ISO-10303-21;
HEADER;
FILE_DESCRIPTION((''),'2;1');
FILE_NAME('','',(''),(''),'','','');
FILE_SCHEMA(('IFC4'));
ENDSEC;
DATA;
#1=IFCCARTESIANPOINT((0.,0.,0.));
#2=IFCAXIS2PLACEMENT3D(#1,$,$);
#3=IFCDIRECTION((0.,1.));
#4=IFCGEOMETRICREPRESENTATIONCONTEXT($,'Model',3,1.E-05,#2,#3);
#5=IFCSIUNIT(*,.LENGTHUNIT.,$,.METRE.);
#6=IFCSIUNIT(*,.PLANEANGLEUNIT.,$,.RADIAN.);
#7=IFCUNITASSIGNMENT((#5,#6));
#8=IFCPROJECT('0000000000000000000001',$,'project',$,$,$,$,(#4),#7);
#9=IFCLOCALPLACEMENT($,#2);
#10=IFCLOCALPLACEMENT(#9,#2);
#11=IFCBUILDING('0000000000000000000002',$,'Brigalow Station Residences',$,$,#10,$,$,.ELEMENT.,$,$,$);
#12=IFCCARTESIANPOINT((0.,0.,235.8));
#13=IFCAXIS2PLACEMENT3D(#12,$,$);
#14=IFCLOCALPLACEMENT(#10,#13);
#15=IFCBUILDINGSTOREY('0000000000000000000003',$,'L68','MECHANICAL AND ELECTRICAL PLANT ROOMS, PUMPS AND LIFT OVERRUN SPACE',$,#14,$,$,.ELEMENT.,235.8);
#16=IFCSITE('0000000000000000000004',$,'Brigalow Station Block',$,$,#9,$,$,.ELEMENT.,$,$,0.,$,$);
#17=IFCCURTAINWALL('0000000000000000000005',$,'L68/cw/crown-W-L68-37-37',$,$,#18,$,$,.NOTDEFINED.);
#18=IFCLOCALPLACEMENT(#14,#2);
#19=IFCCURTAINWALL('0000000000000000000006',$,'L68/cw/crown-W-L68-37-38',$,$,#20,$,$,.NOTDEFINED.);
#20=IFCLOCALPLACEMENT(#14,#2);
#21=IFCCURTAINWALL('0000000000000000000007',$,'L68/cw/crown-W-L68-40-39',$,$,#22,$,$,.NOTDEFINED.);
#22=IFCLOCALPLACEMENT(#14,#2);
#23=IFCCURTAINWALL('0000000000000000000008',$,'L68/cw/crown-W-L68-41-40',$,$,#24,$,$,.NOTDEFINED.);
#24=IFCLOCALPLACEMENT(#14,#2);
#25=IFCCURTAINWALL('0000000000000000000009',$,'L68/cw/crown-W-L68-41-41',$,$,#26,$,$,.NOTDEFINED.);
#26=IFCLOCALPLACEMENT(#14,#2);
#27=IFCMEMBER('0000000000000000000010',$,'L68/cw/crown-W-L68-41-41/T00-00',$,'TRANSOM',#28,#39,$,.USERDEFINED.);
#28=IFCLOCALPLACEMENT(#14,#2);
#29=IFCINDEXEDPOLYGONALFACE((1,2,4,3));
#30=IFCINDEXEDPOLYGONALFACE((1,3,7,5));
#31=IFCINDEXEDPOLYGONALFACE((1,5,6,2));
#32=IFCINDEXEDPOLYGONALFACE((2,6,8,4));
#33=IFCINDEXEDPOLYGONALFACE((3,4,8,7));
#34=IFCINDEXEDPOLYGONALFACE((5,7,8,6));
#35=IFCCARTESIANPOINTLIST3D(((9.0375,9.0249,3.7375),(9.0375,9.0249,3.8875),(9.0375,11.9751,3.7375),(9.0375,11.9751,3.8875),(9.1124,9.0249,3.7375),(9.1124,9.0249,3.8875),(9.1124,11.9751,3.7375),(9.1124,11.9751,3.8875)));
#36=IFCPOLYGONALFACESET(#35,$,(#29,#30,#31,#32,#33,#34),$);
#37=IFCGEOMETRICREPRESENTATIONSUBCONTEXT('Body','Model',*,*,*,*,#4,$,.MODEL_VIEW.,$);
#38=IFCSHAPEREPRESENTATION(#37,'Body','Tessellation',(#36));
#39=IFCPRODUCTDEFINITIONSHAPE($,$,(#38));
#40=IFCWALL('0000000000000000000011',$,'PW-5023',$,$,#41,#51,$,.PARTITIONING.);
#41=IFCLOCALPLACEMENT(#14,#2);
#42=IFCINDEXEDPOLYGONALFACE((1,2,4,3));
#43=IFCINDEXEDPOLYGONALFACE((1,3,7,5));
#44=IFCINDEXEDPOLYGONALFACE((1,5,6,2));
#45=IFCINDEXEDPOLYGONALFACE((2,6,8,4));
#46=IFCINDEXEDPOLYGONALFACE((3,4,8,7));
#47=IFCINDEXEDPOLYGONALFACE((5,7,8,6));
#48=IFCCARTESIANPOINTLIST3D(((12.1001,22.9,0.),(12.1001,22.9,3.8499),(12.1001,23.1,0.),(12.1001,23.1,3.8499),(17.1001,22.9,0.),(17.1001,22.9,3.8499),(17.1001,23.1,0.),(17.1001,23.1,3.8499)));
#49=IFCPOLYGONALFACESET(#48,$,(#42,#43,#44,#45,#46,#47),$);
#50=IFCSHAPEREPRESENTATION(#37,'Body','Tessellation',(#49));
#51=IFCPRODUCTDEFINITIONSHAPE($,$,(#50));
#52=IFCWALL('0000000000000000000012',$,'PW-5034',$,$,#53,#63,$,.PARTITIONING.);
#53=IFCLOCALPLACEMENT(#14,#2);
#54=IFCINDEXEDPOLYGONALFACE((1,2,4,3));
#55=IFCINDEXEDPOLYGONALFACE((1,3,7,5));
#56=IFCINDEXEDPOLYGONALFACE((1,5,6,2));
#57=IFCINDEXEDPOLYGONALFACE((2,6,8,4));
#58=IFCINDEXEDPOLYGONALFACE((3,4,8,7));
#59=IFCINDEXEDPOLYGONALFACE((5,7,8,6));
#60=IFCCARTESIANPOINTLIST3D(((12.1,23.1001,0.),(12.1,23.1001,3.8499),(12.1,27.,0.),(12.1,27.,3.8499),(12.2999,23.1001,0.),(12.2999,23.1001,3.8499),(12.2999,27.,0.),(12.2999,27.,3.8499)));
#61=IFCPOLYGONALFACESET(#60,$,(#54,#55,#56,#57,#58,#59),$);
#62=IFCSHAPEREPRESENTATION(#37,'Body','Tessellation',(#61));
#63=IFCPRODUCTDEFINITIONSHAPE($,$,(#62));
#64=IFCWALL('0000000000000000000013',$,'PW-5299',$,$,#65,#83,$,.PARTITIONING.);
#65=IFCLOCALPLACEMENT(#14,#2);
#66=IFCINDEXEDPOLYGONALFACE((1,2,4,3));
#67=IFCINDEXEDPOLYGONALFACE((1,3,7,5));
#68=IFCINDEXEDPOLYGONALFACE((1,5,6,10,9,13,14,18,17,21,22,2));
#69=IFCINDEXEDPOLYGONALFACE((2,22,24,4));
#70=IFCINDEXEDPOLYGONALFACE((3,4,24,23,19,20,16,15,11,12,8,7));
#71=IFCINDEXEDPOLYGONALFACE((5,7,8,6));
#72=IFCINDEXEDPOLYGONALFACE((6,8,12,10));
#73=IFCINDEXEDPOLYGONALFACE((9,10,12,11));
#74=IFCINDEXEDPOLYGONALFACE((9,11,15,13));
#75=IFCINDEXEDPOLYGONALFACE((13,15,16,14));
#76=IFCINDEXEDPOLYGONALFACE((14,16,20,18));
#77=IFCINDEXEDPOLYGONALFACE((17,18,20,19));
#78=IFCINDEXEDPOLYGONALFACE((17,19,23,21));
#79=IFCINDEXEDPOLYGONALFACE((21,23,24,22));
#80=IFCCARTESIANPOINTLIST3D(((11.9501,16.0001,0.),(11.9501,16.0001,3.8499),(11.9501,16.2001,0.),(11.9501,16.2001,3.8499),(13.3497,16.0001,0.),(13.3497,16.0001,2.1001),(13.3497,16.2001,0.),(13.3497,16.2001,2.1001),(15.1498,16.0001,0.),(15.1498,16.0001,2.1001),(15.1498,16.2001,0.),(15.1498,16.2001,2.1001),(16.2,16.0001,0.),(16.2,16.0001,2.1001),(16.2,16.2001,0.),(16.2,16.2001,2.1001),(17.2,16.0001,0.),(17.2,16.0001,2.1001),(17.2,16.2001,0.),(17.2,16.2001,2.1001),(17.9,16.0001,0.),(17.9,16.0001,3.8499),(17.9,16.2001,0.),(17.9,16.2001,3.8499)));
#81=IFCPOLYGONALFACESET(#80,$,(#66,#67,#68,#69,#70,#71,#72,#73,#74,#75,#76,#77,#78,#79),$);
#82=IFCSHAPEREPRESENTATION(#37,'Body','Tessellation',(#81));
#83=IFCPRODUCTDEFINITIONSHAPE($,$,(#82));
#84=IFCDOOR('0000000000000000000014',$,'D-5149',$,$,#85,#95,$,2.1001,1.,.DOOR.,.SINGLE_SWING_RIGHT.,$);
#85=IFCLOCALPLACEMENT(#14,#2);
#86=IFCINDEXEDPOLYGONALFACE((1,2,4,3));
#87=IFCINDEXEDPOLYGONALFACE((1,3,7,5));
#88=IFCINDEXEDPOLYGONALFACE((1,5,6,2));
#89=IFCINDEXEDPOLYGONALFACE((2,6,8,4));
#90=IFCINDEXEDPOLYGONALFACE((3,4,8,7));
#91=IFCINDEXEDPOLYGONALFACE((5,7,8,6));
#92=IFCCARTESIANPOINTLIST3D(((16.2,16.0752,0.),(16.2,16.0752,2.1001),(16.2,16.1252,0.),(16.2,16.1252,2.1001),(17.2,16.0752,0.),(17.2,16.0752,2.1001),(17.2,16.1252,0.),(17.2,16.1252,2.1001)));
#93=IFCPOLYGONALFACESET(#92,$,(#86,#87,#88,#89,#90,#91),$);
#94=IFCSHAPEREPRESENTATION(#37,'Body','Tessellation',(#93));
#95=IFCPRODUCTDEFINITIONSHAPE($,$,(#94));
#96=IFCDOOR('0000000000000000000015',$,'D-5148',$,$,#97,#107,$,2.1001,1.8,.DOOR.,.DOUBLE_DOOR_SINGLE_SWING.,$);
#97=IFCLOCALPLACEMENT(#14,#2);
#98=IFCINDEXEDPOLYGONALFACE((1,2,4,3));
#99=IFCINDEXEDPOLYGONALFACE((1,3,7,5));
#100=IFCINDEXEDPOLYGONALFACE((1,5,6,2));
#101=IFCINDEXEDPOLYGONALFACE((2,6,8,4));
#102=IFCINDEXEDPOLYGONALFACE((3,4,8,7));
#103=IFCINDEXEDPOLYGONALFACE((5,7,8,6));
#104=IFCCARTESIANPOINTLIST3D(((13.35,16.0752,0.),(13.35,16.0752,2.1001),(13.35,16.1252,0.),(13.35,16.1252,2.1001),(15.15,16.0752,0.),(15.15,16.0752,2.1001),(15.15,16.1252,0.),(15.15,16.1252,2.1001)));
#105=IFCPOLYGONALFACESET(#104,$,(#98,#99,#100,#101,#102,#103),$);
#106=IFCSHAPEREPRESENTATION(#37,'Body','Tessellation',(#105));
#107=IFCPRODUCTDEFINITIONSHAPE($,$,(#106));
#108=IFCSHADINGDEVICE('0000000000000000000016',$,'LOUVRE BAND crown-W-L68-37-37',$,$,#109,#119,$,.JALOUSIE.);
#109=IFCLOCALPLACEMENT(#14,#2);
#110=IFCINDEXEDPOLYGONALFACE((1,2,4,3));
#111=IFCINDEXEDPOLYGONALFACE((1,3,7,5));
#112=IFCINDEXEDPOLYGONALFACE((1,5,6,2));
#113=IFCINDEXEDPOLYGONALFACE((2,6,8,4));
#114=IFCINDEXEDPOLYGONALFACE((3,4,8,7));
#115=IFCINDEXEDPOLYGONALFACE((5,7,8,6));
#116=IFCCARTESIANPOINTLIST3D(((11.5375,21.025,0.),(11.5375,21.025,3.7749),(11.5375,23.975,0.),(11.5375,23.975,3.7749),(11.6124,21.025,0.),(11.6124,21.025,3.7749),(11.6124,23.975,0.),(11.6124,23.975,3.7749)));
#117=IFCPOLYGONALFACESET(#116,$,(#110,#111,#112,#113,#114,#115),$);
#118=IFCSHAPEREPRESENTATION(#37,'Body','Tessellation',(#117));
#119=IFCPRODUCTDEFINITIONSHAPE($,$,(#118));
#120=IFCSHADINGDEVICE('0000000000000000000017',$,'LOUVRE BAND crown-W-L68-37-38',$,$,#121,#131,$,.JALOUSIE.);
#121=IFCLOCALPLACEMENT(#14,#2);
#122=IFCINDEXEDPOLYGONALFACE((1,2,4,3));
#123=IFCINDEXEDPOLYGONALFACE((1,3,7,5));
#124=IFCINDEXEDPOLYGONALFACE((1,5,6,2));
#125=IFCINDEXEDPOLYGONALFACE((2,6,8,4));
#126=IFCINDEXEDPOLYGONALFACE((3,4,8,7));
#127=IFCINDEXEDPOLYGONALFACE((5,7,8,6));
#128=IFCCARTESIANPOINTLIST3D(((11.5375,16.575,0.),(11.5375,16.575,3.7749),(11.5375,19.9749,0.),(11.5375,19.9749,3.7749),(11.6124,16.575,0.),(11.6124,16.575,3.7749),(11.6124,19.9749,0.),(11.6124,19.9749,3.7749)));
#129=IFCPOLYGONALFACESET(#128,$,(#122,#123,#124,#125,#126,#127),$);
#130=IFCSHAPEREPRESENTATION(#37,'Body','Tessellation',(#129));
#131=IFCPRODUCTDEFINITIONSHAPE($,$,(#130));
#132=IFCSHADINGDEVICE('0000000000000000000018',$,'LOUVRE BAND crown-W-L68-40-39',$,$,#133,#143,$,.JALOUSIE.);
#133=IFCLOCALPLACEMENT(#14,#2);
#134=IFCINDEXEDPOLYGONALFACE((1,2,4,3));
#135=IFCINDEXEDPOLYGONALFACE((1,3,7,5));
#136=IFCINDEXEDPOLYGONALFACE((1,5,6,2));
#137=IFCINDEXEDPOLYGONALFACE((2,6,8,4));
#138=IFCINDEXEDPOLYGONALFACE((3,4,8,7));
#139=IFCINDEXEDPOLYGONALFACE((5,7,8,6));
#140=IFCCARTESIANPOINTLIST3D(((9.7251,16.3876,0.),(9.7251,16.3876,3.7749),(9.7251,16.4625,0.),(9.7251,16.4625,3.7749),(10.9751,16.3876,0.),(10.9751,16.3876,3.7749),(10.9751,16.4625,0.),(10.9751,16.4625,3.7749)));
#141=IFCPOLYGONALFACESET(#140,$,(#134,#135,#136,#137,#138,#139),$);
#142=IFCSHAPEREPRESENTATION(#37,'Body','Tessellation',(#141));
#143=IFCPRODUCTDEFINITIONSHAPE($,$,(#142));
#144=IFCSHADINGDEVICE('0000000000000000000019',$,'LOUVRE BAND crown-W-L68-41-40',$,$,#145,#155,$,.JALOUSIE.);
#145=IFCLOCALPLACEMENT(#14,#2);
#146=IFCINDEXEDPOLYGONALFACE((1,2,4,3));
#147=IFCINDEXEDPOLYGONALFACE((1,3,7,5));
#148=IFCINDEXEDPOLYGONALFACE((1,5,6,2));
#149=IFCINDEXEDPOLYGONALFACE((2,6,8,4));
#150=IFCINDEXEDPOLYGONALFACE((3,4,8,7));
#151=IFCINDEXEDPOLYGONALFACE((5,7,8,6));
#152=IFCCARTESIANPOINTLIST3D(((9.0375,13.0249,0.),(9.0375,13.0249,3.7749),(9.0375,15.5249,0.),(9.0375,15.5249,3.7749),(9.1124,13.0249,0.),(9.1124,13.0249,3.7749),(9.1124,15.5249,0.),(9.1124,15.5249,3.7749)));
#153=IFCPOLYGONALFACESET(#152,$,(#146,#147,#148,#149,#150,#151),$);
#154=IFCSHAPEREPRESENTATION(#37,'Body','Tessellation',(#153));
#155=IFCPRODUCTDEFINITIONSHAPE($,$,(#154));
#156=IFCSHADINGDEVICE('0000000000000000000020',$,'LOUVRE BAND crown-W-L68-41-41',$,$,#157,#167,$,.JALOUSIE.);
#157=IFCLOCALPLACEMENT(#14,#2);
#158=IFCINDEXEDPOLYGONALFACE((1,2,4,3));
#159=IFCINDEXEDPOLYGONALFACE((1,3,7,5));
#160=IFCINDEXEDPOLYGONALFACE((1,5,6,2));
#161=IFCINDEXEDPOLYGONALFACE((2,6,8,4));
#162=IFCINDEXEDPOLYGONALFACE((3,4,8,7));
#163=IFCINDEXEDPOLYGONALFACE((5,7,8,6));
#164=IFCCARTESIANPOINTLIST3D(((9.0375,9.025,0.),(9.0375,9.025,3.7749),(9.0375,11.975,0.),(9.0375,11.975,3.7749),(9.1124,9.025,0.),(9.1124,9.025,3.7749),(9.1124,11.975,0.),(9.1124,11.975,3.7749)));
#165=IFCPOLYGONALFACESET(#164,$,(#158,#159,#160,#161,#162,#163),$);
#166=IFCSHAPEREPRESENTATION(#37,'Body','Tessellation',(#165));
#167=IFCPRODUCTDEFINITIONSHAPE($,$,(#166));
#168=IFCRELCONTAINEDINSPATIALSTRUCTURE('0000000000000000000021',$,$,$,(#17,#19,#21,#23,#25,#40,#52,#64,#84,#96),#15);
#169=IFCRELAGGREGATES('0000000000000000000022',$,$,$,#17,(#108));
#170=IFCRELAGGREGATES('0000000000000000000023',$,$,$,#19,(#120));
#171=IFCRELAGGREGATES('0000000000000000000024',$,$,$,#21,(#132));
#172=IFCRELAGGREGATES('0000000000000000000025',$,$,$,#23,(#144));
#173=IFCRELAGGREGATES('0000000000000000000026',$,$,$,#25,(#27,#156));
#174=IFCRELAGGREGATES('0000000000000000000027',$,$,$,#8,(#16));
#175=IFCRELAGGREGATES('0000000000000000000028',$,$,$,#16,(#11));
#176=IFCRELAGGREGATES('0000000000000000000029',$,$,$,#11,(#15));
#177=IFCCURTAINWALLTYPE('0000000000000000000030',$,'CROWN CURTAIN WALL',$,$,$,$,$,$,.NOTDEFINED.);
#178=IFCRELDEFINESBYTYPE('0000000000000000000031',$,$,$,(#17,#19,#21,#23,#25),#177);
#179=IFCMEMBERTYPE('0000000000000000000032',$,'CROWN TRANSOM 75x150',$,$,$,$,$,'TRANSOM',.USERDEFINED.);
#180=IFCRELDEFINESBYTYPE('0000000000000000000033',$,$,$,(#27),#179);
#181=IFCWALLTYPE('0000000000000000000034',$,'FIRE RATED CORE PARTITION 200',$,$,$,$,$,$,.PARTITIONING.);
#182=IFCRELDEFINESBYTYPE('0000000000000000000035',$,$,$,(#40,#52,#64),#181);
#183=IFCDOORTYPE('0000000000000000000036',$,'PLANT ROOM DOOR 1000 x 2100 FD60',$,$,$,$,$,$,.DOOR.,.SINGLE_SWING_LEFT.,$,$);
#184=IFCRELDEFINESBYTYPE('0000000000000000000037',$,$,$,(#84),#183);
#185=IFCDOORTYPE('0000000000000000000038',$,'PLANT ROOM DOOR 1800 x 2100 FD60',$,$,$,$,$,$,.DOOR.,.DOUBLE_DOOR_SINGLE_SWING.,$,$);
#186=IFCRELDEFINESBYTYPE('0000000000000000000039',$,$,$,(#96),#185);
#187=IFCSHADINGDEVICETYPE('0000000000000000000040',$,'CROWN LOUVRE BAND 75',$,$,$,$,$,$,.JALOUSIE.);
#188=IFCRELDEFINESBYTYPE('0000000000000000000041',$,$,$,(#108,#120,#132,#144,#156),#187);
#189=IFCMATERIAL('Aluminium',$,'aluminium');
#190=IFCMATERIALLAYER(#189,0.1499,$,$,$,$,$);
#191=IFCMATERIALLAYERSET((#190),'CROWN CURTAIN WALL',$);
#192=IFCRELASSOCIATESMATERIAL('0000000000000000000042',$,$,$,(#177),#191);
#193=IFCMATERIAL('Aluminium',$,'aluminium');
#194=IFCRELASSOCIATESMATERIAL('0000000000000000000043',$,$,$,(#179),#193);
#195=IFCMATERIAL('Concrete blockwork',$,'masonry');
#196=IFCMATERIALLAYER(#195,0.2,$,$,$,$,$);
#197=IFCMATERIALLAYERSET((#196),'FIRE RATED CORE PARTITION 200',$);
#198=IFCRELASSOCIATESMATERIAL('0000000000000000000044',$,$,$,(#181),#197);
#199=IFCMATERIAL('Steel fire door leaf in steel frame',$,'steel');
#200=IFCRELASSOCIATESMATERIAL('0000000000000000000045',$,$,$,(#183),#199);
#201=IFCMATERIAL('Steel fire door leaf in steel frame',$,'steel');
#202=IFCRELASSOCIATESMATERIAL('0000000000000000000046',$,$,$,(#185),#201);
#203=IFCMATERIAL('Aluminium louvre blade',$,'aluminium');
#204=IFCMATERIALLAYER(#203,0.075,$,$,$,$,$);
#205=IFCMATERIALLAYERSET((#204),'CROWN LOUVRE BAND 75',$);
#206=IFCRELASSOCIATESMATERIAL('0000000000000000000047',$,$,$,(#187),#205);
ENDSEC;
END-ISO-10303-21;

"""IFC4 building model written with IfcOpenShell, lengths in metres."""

from ifc_helpers import new_model, si_unit, direction, frame, frame_2d, origin, origin_2d, place, context, subcontext, project, spatial, rectangle, extrude, material, layer, layer_set, material_profile, profile_set, type_object, element, fill, aggregate, save


model = new_model("IFC4")

# Units and contexts
model_context = context("Model", 3, precision=1e-05, world=origin(), true_north=direction((0.0, 1.0)))
body_context = subcontext(model_context, "Body", "Model", "MODEL_VIEW")
ifc_project = project(units=[si_unit("LENGTHUNIT", "METRE"), si_unit("PLANEANGLEUNIT", "RADIAN")], contexts=[model_context])

# Site, building, storey
site_placement = place(None, origin())
site = spatial("IfcSite", under=ifc_project, at=site_placement, Name="Brigalow Station Block", CompositionType="ELEMENT", RefElevation=0.0)
building_placement = place(site_placement, origin())
building = spatial("IfcBuilding", under=site, at=building_placement, Name="Brigalow Station Residences", CompositionType="ELEMENT")
storey_placement = place(building_placement, frame((0.0, 0.0, 235.8)))
storey = spatial("IfcBuildingStorey", under=building, at=storey_placement, Name="L68", Description="MECHANICAL AND ELECTRICAL PLANT ROOMS, PUMPS AND LIFT OVERRUN SPACE", CompositionType="ELEMENT", Elevation=235.8)

# Curtain wall
ifc_material_1 = material(Name="Aluminium", Category="aluminium")
ifc_layer_1 = layer(ifc_material_1, 0.1499)
ifc_layer_set_1 = layer_set([ifc_layer_1], Name="CROWN CURTAIN WALL")
curtain_wall_type = type_object("IfcCurtainWallType", Name="CROWN CURTAIN WALL", PredefinedType="NOTDEFINED", material=ifc_layer_set_1)
curtain_wall_1_placement = place(storey_placement, origin())
curtain_wall_1 = element("IfcCurtainWall", 1, at=curtain_wall_1_placement, inside=storey, type_object=curtain_wall_type, Name="L68/cw/crown-W-L68-37-37", PredefinedType="NOTDEFINED")

# Curtain walls
curtain_wall_2_placement = place(storey_placement, origin())
curtain_wall_2 = element("IfcCurtainWall", 2, at=curtain_wall_2_placement, inside=storey, type_object=curtain_wall_type, Name="L68/cw/crown-W-L68-37-38", PredefinedType="NOTDEFINED")
curtain_wall_3_placement = place(storey_placement, origin())
curtain_wall_3 = element("IfcCurtainWall", 3, at=curtain_wall_3_placement, inside=storey, type_object=curtain_wall_type, Name="L68/cw/crown-W-L68-40-39", PredefinedType="NOTDEFINED")
curtain_wall_4_placement = place(storey_placement, origin())
curtain_wall_4 = element("IfcCurtainWall", 4, at=curtain_wall_4_placement, inside=storey, type_object=curtain_wall_type, Name="L68/cw/crown-W-L68-41-40", PredefinedType="NOTDEFINED")

# Curtain wall
curtain_wall_5_placement = place(storey_placement, origin())
curtain_wall_5 = element("IfcCurtainWall", 5, at=curtain_wall_5_placement, inside=storey, type_object=curtain_wall_type, Name="L68/cw/crown-W-L68-41-41", PredefinedType="NOTDEFINED")

# Member
ifc_material_2 = material(Name="Aluminium", Category="aluminium")
ifc_material_profile_1 = material_profile(ifc_material_2, rectangle(XDim=0.075, YDim=0.1499, at=origin_2d()), Name="CROWN TRANSOM 75x150")
ifc_profile_set_1 = profile_set([ifc_material_profile_1], Name="Aluminium")
member_type_1 = type_object("IfcMemberType", Name="CROWN TRANSOM 75x150", ElementType="TRANSOM", PredefinedType="USERDEFINED", material=ifc_profile_set_1)
member_1_placement = place(storey_placement, frame((9.075, 11.9751, 3.8125), z_axis=(0.0, -1.0, 0.0), x_axis=(1.0, 0.0, 0.0)))
member_1 = element("IfcMember", 6, at=member_1_placement, type_object=member_type_1, Name="L68/cw/crown-W-L68-41-41/T00-00", ObjectType="TRANSOM", PredefinedType="USERDEFINED", context=body_context, shape_type="SweptSolid", body=[
    extrude(rectangle(XDim=0.075, YDim=0.1499, at=origin_2d()), origin(), (0.0, 0.0, 1.0), 2.9502),
])

# Walls
ifc_material_3 = material(Name="Concrete blockwork", Category="masonry")
ifc_layer_2 = layer(ifc_material_3, 0.2)
ifc_layer_set_2 = layer_set([ifc_layer_2], Name="FIRE RATED CORE PARTITION 200")
wall_type = type_object("IfcWallType", Name="FIRE RATED CORE PARTITION 200", PredefinedType="PARTITIONING", material=ifc_layer_set_2)
wall_1_placement = place(storey_placement, frame((12.1001, 23.0, 0.0), z_axis=(0.0, 0.0, 1.0), x_axis=(1.0, 0.0, 0.0)))
element("IfcWall", 7, at=wall_1_placement, inside=storey, type_object=wall_type, Name="PW-5023", PredefinedType="PARTITIONING", context=body_context, shape_type="SweptSolid", body=[
    extrude(rectangle(XDim=5.0, YDim=0.2, at=frame_2d((2.5, 0.0))), origin(), (0.0, 0.0, 1.0), 3.8499),
])
wall_2_placement = place(storey_placement, frame((12.2, 23.1001, 0.0), z_axis=(0.0, 0.0, 1.0), x_axis=(0.0, 1.0, 0.0)))
element("IfcWall", 8, at=wall_2_placement, inside=storey, type_object=wall_type, Name="PW-5034", PredefinedType="PARTITIONING", context=body_context, shape_type="SweptSolid", body=[
    extrude(rectangle(XDim=3.8999, YDim=0.2, at=frame_2d((1.95, 0.0))), origin(), (0.0, 0.0, 1.0), 3.8499),
])

# Wall, openings, doors
wall_3_placement = place(storey_placement, frame((11.95, 16.1001, 0.0), z_axis=(0.0, 0.0, 1.0), x_axis=(1.0, 0.0, 0.0)))
wall_3 = element("IfcWall", 9, at=wall_3_placement, inside=storey, type_object=wall_type, Name="PW-5299", PredefinedType="PARTITIONING", context=body_context, shape_type="SweptSolid", body=[
    extrude(rectangle(XDim=5.95, YDim=0.2, at=frame_2d((2.9751, 0.0))), origin(), (0.0, 0.0, 1.0), 3.8499),
])
opening_1_placement = place(wall_3_placement, frame((1.3999, 0.0, 0.0)))
opening_1 = element("IfcOpeningElement", 10, at=opening_1_placement, cuts=wall_3, PredefinedType="OPENING", context=body_context, shape_type="SweptSolid", body=[
    extrude(rectangle(XDim=1.8, YDim=2.1001, at=frame_2d((0.8999, 1.05))), frame((0.0, 0.1099, 0.0), z_axis=(0.0, -1.0, 0.0), x_axis=(1.0, 0.0, 0.0)), (0.0, 0.0, 1.0), 0.22),
])
opening_2_placement = place(wall_3_placement, frame((4.25, 0.0, 0.0)))
opening_2 = element("IfcOpeningElement", 11, at=opening_2_placement, cuts=wall_3, PredefinedType="OPENING", context=body_context, shape_type="SweptSolid", body=[
    extrude(rectangle(XDim=1.0, YDim=2.1001, at=frame_2d((0.5, 1.05))), frame((0.0, 0.1099, 0.0), z_axis=(0.0, -1.0, 0.0), x_axis=(1.0, 0.0, 0.0)), (0.0, 0.0, 1.0), 0.22),
])
ifc_material_4 = material(Name="Steel fire door leaf in steel frame", Category="steel")
door_type_1 = type_object("IfcDoorType", Name="PLANT ROOM DOOR 1000 x 2100 FD60", OperationType="SINGLE_SWING_LEFT", PredefinedType="DOOR", material=ifc_material_4)
door_1_placement = place(opening_2_placement, frame((1.0, 0.0, 0.0), z_axis=(0.0, 0.0, 1.0), x_axis=(-1.0, 0.0, 0.0)))
door_1 = element("IfcDoor", 12, at=door_1_placement, inside=storey, type_object=door_type_1, Name="D-5149", OperationType="SINGLE_SWING_RIGHT", OverallHeight=2.1001, OverallWidth=1.0, PredefinedType="DOOR", context=body_context, shape_type="SweptSolid", body=[
    extrude(rectangle(XDim=1.0, YDim=2.1001, at=frame_2d((0.5, 1.05))), frame((0.0, 0.0249, 0.0), z_axis=(0.0, -1.0, 0.0), x_axis=(1.0, 0.0, 0.0)), (0.0, 0.0, 1.0), 0.05),
])
fill(opening_2, door_1)
ifc_material_5 = material(Name="Steel fire door leaf in steel frame", Category="steel")
door_type_2 = type_object("IfcDoorType", Name="PLANT ROOM DOOR 1800 x 2100 FD60", OperationType="DOUBLE_DOOR_SINGLE_SWING", PredefinedType="DOOR", material=ifc_material_5)
door_2_placement = place(opening_1_placement, frame((1.8, 0.0, 0.0), z_axis=(0.0, 0.0, 1.0), x_axis=(-1.0, 0.0, 0.0)))
door_2 = element("IfcDoor", 13, at=door_2_placement, inside=storey, type_object=door_type_2, Name="D-5148", OperationType="DOUBLE_DOOR_SINGLE_SWING", OverallHeight=2.1001, OverallWidth=1.8, PredefinedType="DOOR", context=body_context, shape_type="SweptSolid", body=[
    extrude(rectangle(XDim=1.8, YDim=2.1001, at=frame_2d((0.8999, 1.05))), frame((0.0, 0.0249, 0.0), z_axis=(0.0, -1.0, 0.0), x_axis=(1.0, 0.0, 0.0)), (0.0, 0.0, 1.0), 0.05),
])
fill(opening_1, door_2)

# Shading devices
ifc_material_6 = material(Name="Aluminium louvre blade", Category="aluminium")
ifc_layer_3 = layer(ifc_material_6, 0.075)
ifc_layer_set_3 = layer_set([ifc_layer_3], Name="CROWN LOUVRE BAND 75")
shading_device_type = type_object("IfcShadingDeviceType", Name="CROWN LOUVRE BAND 75", PredefinedType="JALOUSIE", material=ifc_layer_set_3)
shading_device_1_placement = place(storey_placement, frame((11.575, 22.5, 0.0), z_axis=(0.0, 0.0, 1.0), x_axis=(0.0, -1.0, 0.0)))
shading_device_1 = element("IfcShadingDevice", 14, at=shading_device_1_placement, type_object=shading_device_type, Name="LOUVRE BAND crown-W-L68-37-37", PredefinedType="JALOUSIE", context=body_context, shape_type="SweptSolid", body=[
    extrude(rectangle(XDim=2.95, YDim=0.075, at=origin_2d()), origin(), (0.0, 0.0, 1.0), 3.7749),
])
aggregate(curtain_wall_1, [shading_device_1])
shading_device_2_placement = place(storey_placement, frame((11.575, 18.2749, 0.0), z_axis=(0.0, 0.0, 1.0), x_axis=(0.0, -1.0, 0.0)))
shading_device_2 = element("IfcShadingDevice", 15, at=shading_device_2_placement, type_object=shading_device_type, Name="LOUVRE BAND crown-W-L68-37-38", PredefinedType="JALOUSIE", context=body_context, shape_type="SweptSolid", body=[
    extrude(rectangle(XDim=3.3999, YDim=0.075, at=origin_2d()), origin(), (0.0, 0.0, 1.0), 3.7749),
])
aggregate(curtain_wall_2, [shading_device_2])
shading_device_3_placement = place(storey_placement, frame((10.3501, 16.425, 0.0), z_axis=(0.0, 0.0, 1.0), x_axis=(-1.0, 0.0, 0.0)))
shading_device_3 = element("IfcShadingDevice", 16, at=shading_device_3_placement, type_object=shading_device_type, Name="LOUVRE BAND crown-W-L68-40-39", PredefinedType="JALOUSIE", context=body_context, shape_type="SweptSolid", body=[
    extrude(rectangle(XDim=1.25, YDim=0.075, at=origin_2d()), origin(), (0.0, 0.0, 1.0), 3.7749),
])
aggregate(curtain_wall_3, [shading_device_3])
shading_device_4_placement = place(storey_placement, frame((9.075, 14.2749, 0.0), z_axis=(0.0, 0.0, 1.0), x_axis=(0.0, -1.0, 0.0)))
shading_device_4 = element("IfcShadingDevice", 17, at=shading_device_4_placement, type_object=shading_device_type, Name="LOUVRE BAND crown-W-L68-41-40", PredefinedType="JALOUSIE", context=body_context, shape_type="SweptSolid", body=[
    extrude(rectangle(XDim=2.5, YDim=0.075, at=origin_2d()), origin(), (0.0, 0.0, 1.0), 3.7749),
])
aggregate(curtain_wall_4, [shading_device_4])
shading_device_5_placement = place(storey_placement, frame((9.075, 10.5, 0.0), z_axis=(0.0, 0.0, 1.0), x_axis=(0.0, -1.0, 0.0)))
shading_device_5 = element("IfcShadingDevice", 18, at=shading_device_5_placement, type_object=shading_device_type, Name="LOUVRE BAND crown-W-L68-41-41", PredefinedType="JALOUSIE", context=body_context, shape_type="SweptSolid", body=[
    extrude(rectangle(XDim=2.95, YDim=0.075, at=origin_2d()), origin(), (0.0, 0.0, 1.0), 3.7749),
])
aggregate(curtain_wall_5, [member_1, shading_device_5])

save(model, "model.ifc")
